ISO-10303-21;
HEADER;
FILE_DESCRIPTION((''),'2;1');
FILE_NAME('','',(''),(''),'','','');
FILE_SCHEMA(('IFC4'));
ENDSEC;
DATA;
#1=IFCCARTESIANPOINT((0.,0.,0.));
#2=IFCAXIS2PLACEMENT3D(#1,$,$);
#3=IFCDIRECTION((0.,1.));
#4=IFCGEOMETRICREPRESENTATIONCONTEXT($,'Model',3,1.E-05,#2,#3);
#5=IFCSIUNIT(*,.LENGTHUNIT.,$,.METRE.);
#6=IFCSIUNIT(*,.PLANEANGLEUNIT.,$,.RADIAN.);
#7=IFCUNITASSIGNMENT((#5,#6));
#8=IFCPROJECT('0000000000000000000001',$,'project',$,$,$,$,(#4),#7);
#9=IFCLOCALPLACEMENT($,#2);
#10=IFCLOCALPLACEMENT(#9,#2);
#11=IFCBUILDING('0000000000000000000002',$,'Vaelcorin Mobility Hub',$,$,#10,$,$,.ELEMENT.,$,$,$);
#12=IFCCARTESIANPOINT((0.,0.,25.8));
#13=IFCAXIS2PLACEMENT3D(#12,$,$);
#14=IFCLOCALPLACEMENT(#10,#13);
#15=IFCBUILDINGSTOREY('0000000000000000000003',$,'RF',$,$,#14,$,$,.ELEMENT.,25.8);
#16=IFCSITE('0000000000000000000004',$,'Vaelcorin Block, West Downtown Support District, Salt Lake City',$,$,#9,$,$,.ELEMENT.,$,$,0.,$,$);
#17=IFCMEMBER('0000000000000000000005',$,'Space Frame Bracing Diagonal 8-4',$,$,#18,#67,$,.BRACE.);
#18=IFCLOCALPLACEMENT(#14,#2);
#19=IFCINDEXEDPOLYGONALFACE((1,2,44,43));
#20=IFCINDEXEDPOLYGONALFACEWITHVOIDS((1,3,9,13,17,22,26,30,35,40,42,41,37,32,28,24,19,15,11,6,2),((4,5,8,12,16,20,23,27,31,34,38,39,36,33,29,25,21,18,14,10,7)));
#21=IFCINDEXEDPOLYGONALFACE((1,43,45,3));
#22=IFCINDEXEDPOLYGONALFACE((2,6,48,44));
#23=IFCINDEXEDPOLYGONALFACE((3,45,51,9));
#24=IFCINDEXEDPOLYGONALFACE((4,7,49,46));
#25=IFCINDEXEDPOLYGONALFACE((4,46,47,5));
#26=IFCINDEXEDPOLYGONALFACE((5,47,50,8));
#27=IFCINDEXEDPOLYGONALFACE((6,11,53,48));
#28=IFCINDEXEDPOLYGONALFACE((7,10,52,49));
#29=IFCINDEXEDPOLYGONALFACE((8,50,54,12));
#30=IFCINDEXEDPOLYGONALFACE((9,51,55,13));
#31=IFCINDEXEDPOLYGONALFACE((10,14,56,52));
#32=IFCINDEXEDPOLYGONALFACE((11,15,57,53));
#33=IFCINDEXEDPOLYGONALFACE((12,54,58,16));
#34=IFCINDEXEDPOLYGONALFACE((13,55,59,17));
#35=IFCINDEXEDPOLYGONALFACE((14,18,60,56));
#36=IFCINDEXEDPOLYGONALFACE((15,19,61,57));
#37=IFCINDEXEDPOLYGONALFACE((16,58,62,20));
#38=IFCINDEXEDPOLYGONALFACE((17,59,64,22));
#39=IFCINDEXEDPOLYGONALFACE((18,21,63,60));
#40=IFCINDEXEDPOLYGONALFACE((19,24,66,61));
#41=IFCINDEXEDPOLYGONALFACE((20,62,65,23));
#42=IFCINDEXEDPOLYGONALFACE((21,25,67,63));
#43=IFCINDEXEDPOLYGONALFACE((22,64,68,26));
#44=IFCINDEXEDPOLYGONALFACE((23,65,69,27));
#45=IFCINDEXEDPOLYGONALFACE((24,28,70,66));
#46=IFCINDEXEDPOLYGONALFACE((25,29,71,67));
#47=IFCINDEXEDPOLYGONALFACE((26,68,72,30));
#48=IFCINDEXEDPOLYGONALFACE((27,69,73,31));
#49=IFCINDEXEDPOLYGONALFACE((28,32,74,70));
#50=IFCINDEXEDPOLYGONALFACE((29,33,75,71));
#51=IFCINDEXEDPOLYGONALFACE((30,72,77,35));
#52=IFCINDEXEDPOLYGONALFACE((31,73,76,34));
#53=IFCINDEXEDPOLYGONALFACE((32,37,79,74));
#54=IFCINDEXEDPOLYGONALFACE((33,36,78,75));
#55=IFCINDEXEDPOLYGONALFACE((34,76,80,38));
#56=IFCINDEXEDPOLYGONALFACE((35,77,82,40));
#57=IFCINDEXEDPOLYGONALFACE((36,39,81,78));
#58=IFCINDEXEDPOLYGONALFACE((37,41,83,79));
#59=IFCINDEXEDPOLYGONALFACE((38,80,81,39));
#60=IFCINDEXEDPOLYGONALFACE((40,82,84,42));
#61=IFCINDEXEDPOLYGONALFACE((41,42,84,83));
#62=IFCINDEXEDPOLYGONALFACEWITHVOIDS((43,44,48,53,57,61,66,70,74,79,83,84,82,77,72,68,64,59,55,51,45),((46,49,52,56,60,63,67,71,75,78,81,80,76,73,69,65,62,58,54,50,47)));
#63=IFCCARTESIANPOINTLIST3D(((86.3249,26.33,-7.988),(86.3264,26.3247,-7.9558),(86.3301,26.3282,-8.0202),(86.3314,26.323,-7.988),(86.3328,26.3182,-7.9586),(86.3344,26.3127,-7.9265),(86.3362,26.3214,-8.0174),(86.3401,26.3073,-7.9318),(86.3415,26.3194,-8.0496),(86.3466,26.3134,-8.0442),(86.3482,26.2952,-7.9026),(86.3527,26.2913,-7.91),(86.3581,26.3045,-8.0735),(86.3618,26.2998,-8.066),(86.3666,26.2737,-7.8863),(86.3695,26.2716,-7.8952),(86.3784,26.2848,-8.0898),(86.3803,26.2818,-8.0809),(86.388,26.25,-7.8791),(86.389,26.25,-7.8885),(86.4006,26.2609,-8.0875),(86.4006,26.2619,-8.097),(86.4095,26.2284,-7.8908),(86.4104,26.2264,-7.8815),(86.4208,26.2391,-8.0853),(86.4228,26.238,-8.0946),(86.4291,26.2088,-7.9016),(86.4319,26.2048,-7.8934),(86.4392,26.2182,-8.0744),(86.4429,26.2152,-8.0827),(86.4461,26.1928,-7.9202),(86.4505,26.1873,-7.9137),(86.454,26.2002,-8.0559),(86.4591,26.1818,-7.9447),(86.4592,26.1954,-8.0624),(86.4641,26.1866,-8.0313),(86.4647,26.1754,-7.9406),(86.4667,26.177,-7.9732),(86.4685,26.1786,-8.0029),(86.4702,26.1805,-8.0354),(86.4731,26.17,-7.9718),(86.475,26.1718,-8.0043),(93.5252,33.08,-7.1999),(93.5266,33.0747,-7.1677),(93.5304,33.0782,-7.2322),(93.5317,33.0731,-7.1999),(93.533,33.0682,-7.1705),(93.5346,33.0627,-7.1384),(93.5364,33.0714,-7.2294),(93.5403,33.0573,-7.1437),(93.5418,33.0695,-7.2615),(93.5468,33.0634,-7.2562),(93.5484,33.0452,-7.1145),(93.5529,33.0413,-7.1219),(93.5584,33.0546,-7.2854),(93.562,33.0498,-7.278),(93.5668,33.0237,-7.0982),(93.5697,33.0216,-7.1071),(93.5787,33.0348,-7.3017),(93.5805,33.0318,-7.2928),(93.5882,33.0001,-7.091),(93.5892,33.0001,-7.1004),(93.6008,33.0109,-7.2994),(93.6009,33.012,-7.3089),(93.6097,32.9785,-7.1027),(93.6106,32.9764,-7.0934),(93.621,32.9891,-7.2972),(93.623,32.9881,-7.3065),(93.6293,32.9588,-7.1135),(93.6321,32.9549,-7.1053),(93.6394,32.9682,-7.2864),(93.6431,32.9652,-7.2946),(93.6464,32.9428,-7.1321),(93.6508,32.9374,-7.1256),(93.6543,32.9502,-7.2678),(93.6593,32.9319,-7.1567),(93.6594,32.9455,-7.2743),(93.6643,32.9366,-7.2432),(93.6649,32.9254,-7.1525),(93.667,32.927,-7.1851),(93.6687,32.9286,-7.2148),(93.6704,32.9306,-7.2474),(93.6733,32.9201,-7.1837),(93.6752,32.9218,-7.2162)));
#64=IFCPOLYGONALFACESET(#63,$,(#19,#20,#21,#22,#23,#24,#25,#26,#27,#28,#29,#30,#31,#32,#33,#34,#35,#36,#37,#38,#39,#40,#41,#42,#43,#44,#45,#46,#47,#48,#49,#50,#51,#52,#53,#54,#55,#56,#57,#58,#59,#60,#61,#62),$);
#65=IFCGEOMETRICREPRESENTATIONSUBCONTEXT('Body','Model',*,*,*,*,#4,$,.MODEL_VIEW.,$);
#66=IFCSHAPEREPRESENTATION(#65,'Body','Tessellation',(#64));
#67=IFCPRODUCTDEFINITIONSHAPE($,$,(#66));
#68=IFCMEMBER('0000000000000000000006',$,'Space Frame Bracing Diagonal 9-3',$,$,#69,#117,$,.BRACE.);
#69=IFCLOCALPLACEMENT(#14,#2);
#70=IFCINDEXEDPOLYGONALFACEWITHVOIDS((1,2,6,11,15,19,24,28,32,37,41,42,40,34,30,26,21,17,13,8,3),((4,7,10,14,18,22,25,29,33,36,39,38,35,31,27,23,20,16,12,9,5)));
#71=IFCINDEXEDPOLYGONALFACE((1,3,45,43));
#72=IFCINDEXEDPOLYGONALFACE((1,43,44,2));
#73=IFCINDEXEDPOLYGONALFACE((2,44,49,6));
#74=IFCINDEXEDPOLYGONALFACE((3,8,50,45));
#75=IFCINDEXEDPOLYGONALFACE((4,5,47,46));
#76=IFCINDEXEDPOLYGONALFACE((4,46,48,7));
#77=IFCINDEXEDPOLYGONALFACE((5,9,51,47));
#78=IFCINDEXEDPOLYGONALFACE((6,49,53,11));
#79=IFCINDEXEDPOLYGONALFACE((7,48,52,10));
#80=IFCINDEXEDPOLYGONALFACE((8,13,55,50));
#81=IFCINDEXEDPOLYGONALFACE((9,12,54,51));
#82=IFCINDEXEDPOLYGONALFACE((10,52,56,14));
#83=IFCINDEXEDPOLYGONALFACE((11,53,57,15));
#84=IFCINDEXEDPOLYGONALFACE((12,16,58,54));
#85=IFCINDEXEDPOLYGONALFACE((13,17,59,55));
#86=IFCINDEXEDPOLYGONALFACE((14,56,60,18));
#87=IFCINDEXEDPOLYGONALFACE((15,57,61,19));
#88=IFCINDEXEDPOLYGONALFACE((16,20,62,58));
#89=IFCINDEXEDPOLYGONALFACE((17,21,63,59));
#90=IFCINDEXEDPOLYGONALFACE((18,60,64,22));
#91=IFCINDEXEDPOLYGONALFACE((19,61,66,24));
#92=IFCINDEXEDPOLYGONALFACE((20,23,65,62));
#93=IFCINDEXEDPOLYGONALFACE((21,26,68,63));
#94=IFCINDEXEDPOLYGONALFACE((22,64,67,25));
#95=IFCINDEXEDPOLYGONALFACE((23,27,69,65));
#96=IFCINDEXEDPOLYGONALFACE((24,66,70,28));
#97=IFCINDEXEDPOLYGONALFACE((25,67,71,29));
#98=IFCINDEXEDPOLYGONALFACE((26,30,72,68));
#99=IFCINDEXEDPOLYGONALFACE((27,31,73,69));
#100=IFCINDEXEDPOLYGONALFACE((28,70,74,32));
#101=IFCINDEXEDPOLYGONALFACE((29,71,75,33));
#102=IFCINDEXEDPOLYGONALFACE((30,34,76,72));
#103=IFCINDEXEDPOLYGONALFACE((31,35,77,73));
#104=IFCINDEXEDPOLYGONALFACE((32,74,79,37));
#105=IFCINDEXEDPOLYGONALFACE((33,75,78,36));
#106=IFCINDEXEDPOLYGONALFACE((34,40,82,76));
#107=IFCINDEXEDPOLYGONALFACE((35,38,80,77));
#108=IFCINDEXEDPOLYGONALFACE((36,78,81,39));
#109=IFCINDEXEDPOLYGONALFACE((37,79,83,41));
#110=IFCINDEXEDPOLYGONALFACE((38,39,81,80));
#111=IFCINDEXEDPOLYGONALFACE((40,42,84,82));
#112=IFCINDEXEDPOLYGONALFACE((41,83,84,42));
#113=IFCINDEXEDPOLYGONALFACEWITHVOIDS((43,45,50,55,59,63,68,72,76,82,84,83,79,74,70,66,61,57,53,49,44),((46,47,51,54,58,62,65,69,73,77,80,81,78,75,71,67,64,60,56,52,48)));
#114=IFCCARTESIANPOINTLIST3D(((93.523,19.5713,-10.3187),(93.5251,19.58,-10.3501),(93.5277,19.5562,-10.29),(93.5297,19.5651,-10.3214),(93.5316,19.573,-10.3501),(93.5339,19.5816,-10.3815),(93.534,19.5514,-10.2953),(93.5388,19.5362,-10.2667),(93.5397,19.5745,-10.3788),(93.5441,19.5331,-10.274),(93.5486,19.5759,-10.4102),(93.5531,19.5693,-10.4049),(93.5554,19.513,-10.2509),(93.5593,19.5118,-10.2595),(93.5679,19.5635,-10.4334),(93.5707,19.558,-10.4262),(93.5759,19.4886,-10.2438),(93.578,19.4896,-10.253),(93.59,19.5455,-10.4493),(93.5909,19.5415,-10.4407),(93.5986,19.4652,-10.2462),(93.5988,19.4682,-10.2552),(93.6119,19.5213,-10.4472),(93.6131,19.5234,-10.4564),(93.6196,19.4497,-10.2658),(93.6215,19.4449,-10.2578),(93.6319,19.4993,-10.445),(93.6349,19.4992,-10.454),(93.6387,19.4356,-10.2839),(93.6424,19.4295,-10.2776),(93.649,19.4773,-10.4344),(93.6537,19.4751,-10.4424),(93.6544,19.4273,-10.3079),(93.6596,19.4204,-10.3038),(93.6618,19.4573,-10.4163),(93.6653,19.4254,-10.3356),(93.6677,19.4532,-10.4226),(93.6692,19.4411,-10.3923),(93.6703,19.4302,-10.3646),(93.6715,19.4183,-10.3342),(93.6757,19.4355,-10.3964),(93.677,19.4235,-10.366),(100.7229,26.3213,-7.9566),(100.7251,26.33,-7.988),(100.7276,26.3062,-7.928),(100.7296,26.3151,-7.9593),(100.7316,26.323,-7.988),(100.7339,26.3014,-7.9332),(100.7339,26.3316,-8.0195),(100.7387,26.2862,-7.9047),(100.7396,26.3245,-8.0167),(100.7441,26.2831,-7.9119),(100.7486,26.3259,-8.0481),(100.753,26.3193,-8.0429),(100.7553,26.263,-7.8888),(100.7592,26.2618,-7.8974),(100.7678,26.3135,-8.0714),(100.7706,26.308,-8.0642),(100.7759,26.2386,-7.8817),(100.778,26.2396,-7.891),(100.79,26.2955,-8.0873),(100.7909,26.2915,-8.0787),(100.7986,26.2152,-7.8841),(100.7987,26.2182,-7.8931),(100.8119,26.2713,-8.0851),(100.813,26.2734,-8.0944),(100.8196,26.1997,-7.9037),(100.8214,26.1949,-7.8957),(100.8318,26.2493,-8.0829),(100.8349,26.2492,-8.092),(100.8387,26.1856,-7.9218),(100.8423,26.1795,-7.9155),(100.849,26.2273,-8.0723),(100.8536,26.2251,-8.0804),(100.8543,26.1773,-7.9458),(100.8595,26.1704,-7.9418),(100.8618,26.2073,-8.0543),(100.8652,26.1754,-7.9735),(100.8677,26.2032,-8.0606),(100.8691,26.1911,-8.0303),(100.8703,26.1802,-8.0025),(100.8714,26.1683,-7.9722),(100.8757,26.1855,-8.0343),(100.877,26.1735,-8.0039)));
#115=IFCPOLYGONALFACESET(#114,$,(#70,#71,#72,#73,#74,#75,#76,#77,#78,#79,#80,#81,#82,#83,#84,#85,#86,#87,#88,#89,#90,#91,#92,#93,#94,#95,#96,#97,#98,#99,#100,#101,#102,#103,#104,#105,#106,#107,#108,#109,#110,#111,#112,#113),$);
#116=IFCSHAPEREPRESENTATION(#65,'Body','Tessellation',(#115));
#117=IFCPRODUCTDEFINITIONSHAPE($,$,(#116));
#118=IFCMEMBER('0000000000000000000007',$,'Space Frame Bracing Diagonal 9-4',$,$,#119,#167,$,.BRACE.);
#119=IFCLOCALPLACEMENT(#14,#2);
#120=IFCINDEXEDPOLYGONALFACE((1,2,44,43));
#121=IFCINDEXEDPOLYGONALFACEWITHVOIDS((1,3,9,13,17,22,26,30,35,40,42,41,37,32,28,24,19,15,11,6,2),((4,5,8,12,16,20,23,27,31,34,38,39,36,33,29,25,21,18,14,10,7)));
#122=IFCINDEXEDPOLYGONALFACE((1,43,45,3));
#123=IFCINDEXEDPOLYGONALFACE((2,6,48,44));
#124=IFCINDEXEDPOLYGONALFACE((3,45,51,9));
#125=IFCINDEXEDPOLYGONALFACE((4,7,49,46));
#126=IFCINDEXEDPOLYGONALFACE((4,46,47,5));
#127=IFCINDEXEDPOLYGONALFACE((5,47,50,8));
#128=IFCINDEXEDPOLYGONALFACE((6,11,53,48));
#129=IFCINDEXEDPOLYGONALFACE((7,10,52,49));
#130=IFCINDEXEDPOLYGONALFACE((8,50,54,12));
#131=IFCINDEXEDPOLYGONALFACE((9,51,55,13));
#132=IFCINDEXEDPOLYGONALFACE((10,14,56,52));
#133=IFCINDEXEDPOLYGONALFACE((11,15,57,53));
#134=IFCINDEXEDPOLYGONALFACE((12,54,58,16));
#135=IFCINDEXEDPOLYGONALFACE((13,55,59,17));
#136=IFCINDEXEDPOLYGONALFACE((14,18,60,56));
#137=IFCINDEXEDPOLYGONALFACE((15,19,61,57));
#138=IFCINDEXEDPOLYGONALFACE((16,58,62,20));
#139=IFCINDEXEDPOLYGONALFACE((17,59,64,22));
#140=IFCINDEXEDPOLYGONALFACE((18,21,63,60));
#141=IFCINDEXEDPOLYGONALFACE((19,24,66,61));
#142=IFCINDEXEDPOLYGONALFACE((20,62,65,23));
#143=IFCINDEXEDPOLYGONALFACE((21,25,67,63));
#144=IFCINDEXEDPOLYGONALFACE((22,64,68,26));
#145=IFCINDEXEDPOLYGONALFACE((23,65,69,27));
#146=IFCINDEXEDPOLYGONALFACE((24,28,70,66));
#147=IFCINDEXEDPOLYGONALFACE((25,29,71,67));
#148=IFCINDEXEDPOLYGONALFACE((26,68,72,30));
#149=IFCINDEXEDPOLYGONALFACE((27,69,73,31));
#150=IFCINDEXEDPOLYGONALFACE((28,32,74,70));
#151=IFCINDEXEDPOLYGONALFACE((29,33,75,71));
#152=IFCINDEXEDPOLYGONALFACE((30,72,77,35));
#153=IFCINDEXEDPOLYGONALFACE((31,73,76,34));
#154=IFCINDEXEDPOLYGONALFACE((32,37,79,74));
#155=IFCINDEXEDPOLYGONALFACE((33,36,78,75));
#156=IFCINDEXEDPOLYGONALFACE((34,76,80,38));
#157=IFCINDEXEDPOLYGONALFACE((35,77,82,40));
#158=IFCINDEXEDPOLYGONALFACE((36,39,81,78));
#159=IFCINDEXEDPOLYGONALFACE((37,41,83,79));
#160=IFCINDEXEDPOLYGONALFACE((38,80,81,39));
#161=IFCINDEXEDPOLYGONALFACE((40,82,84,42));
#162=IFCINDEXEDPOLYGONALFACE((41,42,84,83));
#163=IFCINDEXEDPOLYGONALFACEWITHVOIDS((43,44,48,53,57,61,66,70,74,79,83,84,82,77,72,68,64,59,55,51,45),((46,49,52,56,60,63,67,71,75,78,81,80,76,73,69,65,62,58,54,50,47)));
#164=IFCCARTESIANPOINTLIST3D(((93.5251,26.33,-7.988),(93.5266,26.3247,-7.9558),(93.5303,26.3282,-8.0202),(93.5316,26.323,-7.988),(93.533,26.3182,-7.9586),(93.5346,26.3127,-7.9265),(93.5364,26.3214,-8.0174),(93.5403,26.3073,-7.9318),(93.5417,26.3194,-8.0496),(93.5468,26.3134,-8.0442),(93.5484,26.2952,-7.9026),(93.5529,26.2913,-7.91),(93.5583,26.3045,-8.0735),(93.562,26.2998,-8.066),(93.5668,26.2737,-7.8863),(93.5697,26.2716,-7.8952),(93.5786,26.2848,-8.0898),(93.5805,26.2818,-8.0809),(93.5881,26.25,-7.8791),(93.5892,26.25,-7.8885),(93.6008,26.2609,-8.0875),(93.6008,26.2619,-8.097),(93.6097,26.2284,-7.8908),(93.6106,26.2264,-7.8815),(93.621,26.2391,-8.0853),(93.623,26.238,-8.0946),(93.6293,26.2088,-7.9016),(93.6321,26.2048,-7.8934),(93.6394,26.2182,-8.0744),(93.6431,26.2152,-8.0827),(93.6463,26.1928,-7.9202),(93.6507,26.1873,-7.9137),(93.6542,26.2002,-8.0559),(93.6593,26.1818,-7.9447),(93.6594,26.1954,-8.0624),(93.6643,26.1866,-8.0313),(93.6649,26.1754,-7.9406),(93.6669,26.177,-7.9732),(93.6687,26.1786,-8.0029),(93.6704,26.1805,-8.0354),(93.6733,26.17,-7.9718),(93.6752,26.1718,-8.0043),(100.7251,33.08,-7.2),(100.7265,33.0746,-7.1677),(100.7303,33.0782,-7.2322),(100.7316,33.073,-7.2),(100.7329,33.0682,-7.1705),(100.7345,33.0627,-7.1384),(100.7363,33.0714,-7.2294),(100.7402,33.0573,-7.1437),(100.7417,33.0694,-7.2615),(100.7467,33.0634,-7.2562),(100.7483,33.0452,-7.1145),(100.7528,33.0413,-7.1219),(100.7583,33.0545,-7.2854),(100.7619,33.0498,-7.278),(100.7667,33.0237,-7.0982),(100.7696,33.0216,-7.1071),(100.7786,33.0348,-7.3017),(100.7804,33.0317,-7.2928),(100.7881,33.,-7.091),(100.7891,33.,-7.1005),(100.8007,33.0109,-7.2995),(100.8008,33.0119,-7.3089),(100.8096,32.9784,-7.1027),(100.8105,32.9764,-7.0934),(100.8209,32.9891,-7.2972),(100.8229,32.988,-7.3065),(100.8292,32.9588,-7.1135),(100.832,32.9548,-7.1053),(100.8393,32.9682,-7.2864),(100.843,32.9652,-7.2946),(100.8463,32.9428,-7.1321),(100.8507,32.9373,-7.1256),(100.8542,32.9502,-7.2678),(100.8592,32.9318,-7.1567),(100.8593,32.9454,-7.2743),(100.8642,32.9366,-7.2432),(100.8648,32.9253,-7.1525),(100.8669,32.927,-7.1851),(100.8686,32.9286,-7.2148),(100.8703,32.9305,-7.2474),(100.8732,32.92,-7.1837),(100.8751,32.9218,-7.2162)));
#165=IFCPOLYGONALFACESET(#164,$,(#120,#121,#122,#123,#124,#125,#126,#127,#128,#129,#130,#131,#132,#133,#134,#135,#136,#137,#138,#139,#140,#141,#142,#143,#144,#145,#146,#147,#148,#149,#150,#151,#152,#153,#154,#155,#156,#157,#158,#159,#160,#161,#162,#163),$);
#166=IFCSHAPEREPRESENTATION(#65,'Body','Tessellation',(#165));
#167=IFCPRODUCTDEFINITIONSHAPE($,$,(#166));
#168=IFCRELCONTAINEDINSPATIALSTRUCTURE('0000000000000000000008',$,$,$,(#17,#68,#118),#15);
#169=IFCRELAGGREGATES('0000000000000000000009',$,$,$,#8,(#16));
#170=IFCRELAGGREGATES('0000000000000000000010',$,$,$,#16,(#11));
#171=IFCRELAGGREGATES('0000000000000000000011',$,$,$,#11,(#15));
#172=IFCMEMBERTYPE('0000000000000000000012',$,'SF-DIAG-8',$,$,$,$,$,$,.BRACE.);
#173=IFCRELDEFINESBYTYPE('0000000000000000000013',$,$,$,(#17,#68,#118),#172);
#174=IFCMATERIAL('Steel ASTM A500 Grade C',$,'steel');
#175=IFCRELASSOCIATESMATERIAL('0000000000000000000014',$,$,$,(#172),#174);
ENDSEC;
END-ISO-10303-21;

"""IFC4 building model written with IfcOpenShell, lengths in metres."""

from ifc_helpers import new_model, si_unit, direction, frame, origin, origin_2d, place, context, subcontext, project, spatial, hollow_circle, extrude, material, material_profile, profile_set, type_object, element, save


model = new_model("IFC4")

# Units and contexts
model_context = context("Model", 3, precision=1e-05, world=origin(), true_north=direction((0.0, 1.0)))
body_context = subcontext(model_context, "Body", "Model", "MODEL_VIEW")
ifc_project = project(units=[si_unit("LENGTHUNIT", "METRE"), si_unit("PLANEANGLEUNIT", "RADIAN")], contexts=[model_context])

# Site, building, storey
site_placement = place(None, origin())
site = spatial("IfcSite", under=ifc_project, at=site_placement, Name="Vaelcorin Block, West Downtown Support District, Salt Lake City", CompositionType="ELEMENT", RefElevation=0.0)
building_placement = place(site_placement, origin())
building = spatial("IfcBuilding", under=site, at=building_placement, Name="Vaelcorin Mobility Hub", CompositionType="ELEMENT")
storey_placement = place(building_placement, frame((0.0, 0.0, 25.8)))
storey = spatial("IfcBuildingStorey", under=building, at=storey_placement, Name="RF", CompositionType="ELEMENT", Elevation=25.8)

# Members
ifc_material_1 = material(Name="Steel ASTM A500 Grade C", Category="steel")
ifc_material_profile_1 = material_profile(ifc_material_1, hollow_circle(Radius=0.1096, WallThickness=0.0095, at=origin_2d()), Name="HSS8.625X0.375")
ifc_profile_set_1 = profile_set([ifc_material_profile_1], Name="Steel ASTM A500 Grade C")
member_type_1 = type_object("IfcMemberType", Name="SF-DIAG-8", PredefinedType="BRACE", material=ifc_profile_set_1)
member_1_placement = place(storey_placement, frame((86.3999, 26.25, -7.988), z_axis=(0.727232, 0.681761, 0.079598), x_axis=(-0.683931, 0.729546, 0.0)))
element("IfcMember", 1, at=member_1_placement, inside=storey, type_object=member_type_1, Name="Space Frame Bracing Diagonal 8-4", PredefinedType="BRACE", context=body_context, shape_type="SweptSolid", body=[
    extrude(hollow_circle(Radius=0.1096, WallThickness=0.0095, at=origin_2d()), origin(), (0.0, 0.0, 1.0), 9.9009),
])
member_2_placement = place(storey_placement, frame((93.6001, 19.5, -10.3501), z_axis=(0.709497, 0.665158, 0.232762), x_axis=(-0.683944, 0.729535, 0.0)))
element("IfcMember", 2, at=member_2_placement, inside=storey, type_object=member_type_1, Name="Space Frame Bracing Diagonal 9-3", PredefinedType="BRACE", context=body_context, shape_type="SweptSolid", body=[
    extrude(hollow_circle(Radius=0.1096, WallThickness=0.0095, at=origin_2d()), origin(), (0.0, 0.0, 1.0), 10.1479),
])
member_3_placement = place(storey_placement, frame((93.6001, 26.25, -7.988), z_axis=(0.72722, 0.681773, 0.079599), x_axis=(-0.683944, 0.729535, 0.0)))
element("IfcMember", 3, at=member_3_placement, inside=storey, type_object=member_type_1, Name="Space Frame Bracing Diagonal 9-4", PredefinedType="BRACE", context=body_context, shape_type="SweptSolid", body=[
    extrude(hollow_circle(Radius=0.1096, WallThickness=0.0095, at=origin_2d()), origin(), (0.0, 0.0, 1.0), 9.9006),
])

save(model, "model.ifc")
